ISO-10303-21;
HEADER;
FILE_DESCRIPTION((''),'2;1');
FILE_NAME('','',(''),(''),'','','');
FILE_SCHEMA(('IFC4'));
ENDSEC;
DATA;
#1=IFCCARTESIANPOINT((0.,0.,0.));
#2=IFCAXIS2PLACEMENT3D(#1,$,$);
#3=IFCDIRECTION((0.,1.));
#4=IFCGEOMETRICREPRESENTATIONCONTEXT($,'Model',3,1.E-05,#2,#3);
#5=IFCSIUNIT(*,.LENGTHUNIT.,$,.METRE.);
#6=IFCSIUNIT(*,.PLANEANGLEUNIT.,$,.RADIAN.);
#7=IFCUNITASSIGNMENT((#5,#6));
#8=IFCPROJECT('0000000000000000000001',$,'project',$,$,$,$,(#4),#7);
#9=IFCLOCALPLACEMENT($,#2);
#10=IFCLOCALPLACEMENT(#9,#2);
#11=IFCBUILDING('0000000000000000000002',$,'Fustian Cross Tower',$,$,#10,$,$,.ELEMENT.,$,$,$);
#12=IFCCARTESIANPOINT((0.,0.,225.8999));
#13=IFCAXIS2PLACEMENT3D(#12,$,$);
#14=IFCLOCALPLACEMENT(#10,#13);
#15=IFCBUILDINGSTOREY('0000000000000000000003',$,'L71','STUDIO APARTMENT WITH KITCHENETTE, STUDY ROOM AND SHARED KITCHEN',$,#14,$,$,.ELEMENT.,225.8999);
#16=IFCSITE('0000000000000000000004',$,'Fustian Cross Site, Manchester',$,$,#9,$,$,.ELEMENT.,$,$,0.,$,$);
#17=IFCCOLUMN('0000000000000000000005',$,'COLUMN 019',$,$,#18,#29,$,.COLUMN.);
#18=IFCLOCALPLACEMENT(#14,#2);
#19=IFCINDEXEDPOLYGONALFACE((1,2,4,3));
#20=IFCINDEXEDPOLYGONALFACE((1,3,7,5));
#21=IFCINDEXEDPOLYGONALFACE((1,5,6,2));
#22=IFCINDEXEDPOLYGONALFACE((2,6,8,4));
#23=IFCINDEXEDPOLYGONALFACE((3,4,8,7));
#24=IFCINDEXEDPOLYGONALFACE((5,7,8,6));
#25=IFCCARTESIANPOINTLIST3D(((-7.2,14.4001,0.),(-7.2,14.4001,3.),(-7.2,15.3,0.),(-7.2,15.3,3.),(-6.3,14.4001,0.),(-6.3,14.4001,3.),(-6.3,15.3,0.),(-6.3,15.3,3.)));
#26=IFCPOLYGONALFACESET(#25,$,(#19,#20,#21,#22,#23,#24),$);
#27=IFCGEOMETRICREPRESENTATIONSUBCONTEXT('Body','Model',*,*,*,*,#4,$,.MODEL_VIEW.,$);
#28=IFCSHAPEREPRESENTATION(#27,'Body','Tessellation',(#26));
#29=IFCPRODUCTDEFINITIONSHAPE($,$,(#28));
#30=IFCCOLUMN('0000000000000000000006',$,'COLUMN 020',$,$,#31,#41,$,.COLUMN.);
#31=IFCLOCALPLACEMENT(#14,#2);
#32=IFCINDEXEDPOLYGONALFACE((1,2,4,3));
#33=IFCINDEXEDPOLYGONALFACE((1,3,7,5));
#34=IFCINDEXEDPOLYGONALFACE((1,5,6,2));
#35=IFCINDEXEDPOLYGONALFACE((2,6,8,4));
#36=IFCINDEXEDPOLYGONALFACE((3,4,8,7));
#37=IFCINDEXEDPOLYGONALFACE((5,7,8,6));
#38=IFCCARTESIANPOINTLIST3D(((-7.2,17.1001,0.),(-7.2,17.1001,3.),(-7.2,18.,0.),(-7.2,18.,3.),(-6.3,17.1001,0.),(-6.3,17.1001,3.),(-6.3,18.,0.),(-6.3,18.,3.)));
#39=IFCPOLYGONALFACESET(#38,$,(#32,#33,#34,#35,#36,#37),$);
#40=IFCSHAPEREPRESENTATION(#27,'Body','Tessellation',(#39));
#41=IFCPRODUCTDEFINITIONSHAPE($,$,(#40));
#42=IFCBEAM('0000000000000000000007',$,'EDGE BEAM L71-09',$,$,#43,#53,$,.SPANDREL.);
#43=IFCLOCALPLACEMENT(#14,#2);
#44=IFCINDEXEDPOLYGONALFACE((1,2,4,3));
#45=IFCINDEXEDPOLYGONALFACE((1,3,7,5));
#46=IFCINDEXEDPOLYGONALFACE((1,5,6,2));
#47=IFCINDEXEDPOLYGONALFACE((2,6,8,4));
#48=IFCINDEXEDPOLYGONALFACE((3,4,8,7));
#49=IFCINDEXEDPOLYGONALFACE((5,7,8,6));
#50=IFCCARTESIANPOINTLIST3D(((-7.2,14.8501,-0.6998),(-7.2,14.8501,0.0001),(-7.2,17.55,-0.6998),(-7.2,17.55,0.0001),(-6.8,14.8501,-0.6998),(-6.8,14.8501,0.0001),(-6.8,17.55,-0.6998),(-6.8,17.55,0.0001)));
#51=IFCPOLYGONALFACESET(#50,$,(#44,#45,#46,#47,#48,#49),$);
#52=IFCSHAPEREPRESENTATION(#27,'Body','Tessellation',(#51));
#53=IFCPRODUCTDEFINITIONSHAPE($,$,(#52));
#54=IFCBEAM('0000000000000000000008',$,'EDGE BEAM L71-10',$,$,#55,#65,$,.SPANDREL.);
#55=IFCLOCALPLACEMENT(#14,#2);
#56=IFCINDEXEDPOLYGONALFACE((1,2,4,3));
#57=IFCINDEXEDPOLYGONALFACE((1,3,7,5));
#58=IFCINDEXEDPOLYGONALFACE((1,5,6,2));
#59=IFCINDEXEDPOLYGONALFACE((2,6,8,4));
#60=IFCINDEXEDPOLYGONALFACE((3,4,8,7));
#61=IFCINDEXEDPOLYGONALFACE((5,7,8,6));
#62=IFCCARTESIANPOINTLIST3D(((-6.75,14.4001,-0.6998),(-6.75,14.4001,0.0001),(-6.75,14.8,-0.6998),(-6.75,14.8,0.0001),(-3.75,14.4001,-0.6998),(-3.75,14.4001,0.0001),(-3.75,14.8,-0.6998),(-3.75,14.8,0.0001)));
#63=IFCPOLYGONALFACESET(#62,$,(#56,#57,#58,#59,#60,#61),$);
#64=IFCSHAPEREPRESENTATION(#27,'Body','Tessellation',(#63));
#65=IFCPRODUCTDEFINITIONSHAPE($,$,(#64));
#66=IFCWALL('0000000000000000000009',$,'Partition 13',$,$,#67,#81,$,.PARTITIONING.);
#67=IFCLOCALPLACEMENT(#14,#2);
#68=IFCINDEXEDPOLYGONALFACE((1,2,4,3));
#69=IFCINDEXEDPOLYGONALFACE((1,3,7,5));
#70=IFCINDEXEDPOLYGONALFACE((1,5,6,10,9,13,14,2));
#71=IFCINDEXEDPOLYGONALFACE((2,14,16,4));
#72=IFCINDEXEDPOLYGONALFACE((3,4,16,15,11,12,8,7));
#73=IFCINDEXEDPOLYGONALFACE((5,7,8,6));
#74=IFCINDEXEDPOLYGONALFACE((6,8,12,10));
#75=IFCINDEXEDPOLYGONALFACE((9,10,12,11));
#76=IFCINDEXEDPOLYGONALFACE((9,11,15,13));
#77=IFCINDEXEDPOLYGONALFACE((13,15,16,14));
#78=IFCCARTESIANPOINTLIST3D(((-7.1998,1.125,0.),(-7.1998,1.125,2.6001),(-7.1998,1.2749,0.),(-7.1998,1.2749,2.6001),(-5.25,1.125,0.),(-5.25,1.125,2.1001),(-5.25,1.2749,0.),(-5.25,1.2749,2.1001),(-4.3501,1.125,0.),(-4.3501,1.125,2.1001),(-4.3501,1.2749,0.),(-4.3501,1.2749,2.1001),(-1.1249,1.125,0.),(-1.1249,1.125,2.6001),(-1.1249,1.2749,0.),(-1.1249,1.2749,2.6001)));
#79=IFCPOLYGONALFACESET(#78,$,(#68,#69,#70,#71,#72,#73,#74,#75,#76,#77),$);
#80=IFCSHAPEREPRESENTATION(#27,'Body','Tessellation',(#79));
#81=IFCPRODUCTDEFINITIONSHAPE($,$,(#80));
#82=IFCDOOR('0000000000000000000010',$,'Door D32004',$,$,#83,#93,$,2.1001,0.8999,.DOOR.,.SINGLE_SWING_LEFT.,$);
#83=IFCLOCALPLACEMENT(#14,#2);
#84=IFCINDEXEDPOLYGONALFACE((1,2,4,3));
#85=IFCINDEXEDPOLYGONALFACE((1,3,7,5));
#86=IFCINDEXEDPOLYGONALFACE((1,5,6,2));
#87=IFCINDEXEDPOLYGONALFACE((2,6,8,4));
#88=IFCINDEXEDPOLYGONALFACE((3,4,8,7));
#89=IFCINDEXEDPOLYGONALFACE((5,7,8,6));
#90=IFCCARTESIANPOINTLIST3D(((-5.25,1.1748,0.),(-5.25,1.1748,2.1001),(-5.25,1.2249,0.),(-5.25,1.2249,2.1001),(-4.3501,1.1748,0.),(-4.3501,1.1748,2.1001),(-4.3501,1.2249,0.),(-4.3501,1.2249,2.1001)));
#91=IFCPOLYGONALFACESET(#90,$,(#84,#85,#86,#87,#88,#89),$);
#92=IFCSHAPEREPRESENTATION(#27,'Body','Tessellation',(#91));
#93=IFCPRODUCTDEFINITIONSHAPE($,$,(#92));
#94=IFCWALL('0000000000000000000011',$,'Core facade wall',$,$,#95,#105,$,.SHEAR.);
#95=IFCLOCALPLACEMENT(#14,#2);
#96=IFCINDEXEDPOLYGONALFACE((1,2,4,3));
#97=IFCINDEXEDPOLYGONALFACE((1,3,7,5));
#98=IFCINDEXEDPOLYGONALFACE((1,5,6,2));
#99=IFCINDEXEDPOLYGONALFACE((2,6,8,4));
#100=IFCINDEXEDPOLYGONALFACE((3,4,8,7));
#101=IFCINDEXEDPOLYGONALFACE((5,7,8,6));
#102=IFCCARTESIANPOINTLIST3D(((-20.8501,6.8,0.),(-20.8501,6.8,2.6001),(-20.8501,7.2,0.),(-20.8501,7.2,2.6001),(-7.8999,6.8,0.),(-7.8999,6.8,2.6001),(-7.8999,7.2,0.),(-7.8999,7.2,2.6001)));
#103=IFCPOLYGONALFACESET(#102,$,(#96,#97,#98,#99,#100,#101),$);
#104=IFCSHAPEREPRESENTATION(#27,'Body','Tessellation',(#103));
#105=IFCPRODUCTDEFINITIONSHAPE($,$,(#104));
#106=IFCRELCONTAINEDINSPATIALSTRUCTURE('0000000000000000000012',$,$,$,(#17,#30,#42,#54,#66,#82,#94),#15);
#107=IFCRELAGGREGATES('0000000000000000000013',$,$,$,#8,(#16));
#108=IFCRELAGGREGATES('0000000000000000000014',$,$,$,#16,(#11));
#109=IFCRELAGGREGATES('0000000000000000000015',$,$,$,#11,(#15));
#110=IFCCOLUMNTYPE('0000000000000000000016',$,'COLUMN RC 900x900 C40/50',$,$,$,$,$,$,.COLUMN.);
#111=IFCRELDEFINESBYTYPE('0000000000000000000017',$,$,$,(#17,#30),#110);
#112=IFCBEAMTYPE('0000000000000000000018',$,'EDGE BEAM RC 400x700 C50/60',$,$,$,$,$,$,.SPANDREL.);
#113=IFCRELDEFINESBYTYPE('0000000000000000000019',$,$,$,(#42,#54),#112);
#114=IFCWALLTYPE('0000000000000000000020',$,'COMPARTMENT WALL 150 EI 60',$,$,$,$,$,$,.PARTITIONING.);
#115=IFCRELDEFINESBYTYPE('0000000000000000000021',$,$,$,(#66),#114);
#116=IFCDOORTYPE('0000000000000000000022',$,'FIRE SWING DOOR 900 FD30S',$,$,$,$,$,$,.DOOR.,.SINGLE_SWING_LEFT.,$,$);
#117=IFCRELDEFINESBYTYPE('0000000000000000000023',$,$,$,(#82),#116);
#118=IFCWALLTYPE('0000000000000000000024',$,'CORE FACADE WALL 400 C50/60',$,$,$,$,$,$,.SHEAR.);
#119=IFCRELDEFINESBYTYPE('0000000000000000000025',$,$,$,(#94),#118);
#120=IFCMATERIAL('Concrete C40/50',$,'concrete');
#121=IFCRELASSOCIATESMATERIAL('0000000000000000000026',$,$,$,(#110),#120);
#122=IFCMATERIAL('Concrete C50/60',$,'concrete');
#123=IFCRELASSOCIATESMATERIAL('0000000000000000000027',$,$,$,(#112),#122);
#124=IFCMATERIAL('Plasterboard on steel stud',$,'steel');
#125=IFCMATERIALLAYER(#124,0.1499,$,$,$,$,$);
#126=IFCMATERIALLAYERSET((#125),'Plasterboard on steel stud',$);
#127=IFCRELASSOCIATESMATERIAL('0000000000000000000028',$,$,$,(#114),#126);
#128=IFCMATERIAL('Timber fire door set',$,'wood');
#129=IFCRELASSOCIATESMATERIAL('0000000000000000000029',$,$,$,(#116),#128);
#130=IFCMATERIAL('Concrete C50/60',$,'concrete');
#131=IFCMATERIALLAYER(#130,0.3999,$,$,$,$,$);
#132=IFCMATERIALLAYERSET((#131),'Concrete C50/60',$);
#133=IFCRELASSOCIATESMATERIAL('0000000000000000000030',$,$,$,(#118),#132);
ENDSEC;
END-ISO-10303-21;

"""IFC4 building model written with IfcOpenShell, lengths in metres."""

from ifc_helpers import new_model, si_unit, direction, frame, frame_2d, origin, origin_2d, place, context, subcontext, project, spatial, rectangle, extrude, material, layer, layer_set, material_profile, profile_set, type_object, element, fill, save


model = new_model("IFC4")

# Units and contexts
model_context = context("Model", 3, precision=1e-05, world=origin(), true_north=direction((0.0, 1.0)))
body_context = subcontext(model_context, "Body", "Model", "MODEL_VIEW")
ifc_project = project(units=[si_unit("LENGTHUNIT", "METRE"), si_unit("PLANEANGLEUNIT", "RADIAN")], contexts=[model_context])

# Site, building, storey
site_placement = place(None, origin())
site = spatial("IfcSite", under=ifc_project, at=site_placement, Name="Fustian Cross Site, Manchester", CompositionType="ELEMENT", RefElevation=0.0)
building_placement = place(site_placement, origin())
building = spatial("IfcBuilding", under=site, at=building_placement, Name="Fustian Cross Tower", CompositionType="ELEMENT")
storey_placement = place(building_placement, frame((0.0, 0.0, 225.8999)))
storey = spatial("IfcBuildingStorey", under=building, at=storey_placement, Name="L71", Description="STUDIO APARTMENT WITH KITCHENETTE, STUDY ROOM AND SHARED KITCHEN", CompositionType="ELEMENT", Elevation=225.8999)

# Columns
ifc_material_1 = material(Name="Concrete C40/50", Category="concrete")
ifc_material_profile_1 = material_profile(ifc_material_1, rectangle(XDim=0.8999, YDim=0.8999, at=origin_2d()), Name="RC 900x900")
ifc_profile_set_1 = profile_set([ifc_material_profile_1], Name="Concrete C40/50")
column_type = type_object("IfcColumnType", Name="COLUMN RC 900x900 C40/50", PredefinedType="COLUMN", material=ifc_profile_set_1)
for number, where, z_axis, x_axis, name in (
    (1, (-6.75, 14.8501, 0.0), (0.0, 0.0, 1.0), (1.0, 0.0, 0.0), "COLUMN 019"),
    (2, (-6.75, 17.55, 0.0), (0.0, 0.0, 1.0), (1.0, 0.0, 0.0), "COLUMN 020"),
):
    element("IfcColumn", number, at=place(storey_placement, frame(where, z_axis=z_axis, x_axis=x_axis)), inside=storey, type_object=column_type, Name=name, PredefinedType="COLUMN", context=body_context, shape_type="SweptSolid", body=[
        extrude(rectangle(XDim=0.8999, YDim=0.8999, at=origin_2d()), origin(), (0.0, 0.0, 1.0), 3.0),
    ])

# Beams
ifc_material_2 = material(Name="Concrete C50/60", Category="concrete")
ifc_material_profile_2 = material_profile(ifc_material_2, rectangle(XDim=0.3999, YDim=0.7, at=origin_2d()), Name="RC 400x700")
ifc_profile_set_2 = profile_set([ifc_material_profile_2], Name="Concrete C50/60")
beam_type = type_object("IfcBeamType", Name="EDGE BEAM RC 400x700 C50/60", PredefinedType="SPANDREL", material=ifc_profile_set_2)
beam_1_placement = place(storey_placement, frame((-7.0, 17.55, -0.3499), z_axis=(0.0, -1.0, 0.0), x_axis=(1.0, 0.0, 0.0)))
element("IfcBeam", 3, at=beam_1_placement, inside=storey, type_object=beam_type, Name="EDGE BEAM L71-09", PredefinedType="SPANDREL", context=body_context, shape_type="SweptSolid", body=[
    extrude(rectangle(XDim=0.3999, YDim=0.7, at=origin_2d()), origin(), (0.0, 0.0, 1.0), 2.7),
])
beam_2_placement = place(storey_placement, frame((-6.75, 14.6001, -0.3499), z_axis=(1.0, 0.0, 0.0), x_axis=(0.0, 1.0, 0.0)))
element("IfcBeam", 4, at=beam_2_placement, inside=storey, type_object=beam_type, Name="EDGE BEAM L71-10", PredefinedType="SPANDREL", context=body_context, shape_type="SweptSolid", body=[
    extrude(rectangle(XDim=0.3999, YDim=0.7, at=origin_2d()), origin(), (0.0, 0.0, 1.0), 3.0),
])

# Wall, opening, door
ifc_material_3 = material(Name="Plasterboard on steel stud", Category="steel")
ifc_layer_1 = layer(ifc_material_3, 0.1499)
ifc_layer_set_1 = layer_set([ifc_layer_1], Name="Plasterboard on steel stud")
wall_type_1 = type_object("IfcWallType", Name="COMPARTMENT WALL 150 EI 60", PredefinedType="PARTITIONING", material=ifc_layer_set_1)
wall_1_placement = place(storey_placement, frame((-7.2, 1.2, 0.0), z_axis=(0.0, 0.0, 1.0), x_axis=(1.0, 0.0, 0.0)))
wall_1 = element("IfcWall", 5, at=wall_1_placement, inside=storey, type_object=wall_type_1, Name="Partition 13", PredefinedType="PARTITIONING", context=body_context, shape_type="SweptSolid", body=[
    extrude(rectangle(XDim=6.075, YDim=0.1499, at=frame_2d((3.0376, 0.0))), origin(), (0.0, 0.0, 1.0), 2.6001),
])
opening_1_placement = place(wall_1_placement, frame((1.95, 0.0, 0.0)))
opening_1 = element("IfcOpeningElement", 6, at=opening_1_placement, cuts=wall_1, PredefinedType="OPENING", context=body_context, shape_type="SweptSolid", body=[
    extrude(rectangle(XDim=0.8999, YDim=2.1001, at=frame_2d((0.45, 1.05))), frame((0.0, 0.085, 0.0), z_axis=(0.0, -1.0, 0.0), x_axis=(1.0, 0.0, 0.0)), (0.0, 0.0, 1.0), 0.1699),
])
ifc_material_4 = material(Name="Timber fire door set", Category="wood")
door_type_1 = type_object("IfcDoorType", Name="FIRE SWING DOOR 900 FD30S", OperationType="SINGLE_SWING_LEFT", PredefinedType="DOOR", material=ifc_material_4)
door_1_placement = place(opening_1_placement, origin())
door_1 = element("IfcDoor", 7, at=door_1_placement, inside=storey, type_object=door_type_1, Name="Door D32004", OperationType="SINGLE_SWING_LEFT", OverallHeight=2.1001, OverallWidth=0.8999, PredefinedType="DOOR", context=body_context, shape_type="SweptSolid", body=[
    extrude(rectangle(XDim=0.8999, YDim=2.1001, at=frame_2d((0.45, 1.05))), frame((0.0, 0.0249, 0.0), z_axis=(0.0, -1.0, 0.0), x_axis=(1.0, 0.0, 0.0)), (0.0, 0.0, 1.0), 0.05),
])
fill(opening_1, door_1)

# Wall
ifc_material_5 = material(Name="Concrete C50/60", Category="concrete")
ifc_layer_2 = layer(ifc_material_5, 0.3999)
ifc_layer_set_2 = layer_set([ifc_layer_2], Name="Concrete C50/60")
wall_type_2 = type_object("IfcWallType", Name="CORE FACADE WALL 400 C50/60", PredefinedType="SHEAR", material=ifc_layer_set_2)
wall_2_placement = place(storey_placement, frame((-7.8999, 7.0, 0.0), z_axis=(0.0, 0.0, 1.0), x_axis=(-1.0, 0.0, 0.0)))
element("IfcWall", 8, at=wall_2_placement, inside=storey, type_object=wall_type_2, Name="Core facade wall", PredefinedType="SHEAR", context=body_context, shape_type="SweptSolid", body=[
    extrude(rectangle(XDim=12.9502, YDim=0.3999, at=frame_2d((6.4751, 0.0))), origin(), (0.0, 0.0, 1.0), 2.6001),
])

save(model, "model.ifc")
